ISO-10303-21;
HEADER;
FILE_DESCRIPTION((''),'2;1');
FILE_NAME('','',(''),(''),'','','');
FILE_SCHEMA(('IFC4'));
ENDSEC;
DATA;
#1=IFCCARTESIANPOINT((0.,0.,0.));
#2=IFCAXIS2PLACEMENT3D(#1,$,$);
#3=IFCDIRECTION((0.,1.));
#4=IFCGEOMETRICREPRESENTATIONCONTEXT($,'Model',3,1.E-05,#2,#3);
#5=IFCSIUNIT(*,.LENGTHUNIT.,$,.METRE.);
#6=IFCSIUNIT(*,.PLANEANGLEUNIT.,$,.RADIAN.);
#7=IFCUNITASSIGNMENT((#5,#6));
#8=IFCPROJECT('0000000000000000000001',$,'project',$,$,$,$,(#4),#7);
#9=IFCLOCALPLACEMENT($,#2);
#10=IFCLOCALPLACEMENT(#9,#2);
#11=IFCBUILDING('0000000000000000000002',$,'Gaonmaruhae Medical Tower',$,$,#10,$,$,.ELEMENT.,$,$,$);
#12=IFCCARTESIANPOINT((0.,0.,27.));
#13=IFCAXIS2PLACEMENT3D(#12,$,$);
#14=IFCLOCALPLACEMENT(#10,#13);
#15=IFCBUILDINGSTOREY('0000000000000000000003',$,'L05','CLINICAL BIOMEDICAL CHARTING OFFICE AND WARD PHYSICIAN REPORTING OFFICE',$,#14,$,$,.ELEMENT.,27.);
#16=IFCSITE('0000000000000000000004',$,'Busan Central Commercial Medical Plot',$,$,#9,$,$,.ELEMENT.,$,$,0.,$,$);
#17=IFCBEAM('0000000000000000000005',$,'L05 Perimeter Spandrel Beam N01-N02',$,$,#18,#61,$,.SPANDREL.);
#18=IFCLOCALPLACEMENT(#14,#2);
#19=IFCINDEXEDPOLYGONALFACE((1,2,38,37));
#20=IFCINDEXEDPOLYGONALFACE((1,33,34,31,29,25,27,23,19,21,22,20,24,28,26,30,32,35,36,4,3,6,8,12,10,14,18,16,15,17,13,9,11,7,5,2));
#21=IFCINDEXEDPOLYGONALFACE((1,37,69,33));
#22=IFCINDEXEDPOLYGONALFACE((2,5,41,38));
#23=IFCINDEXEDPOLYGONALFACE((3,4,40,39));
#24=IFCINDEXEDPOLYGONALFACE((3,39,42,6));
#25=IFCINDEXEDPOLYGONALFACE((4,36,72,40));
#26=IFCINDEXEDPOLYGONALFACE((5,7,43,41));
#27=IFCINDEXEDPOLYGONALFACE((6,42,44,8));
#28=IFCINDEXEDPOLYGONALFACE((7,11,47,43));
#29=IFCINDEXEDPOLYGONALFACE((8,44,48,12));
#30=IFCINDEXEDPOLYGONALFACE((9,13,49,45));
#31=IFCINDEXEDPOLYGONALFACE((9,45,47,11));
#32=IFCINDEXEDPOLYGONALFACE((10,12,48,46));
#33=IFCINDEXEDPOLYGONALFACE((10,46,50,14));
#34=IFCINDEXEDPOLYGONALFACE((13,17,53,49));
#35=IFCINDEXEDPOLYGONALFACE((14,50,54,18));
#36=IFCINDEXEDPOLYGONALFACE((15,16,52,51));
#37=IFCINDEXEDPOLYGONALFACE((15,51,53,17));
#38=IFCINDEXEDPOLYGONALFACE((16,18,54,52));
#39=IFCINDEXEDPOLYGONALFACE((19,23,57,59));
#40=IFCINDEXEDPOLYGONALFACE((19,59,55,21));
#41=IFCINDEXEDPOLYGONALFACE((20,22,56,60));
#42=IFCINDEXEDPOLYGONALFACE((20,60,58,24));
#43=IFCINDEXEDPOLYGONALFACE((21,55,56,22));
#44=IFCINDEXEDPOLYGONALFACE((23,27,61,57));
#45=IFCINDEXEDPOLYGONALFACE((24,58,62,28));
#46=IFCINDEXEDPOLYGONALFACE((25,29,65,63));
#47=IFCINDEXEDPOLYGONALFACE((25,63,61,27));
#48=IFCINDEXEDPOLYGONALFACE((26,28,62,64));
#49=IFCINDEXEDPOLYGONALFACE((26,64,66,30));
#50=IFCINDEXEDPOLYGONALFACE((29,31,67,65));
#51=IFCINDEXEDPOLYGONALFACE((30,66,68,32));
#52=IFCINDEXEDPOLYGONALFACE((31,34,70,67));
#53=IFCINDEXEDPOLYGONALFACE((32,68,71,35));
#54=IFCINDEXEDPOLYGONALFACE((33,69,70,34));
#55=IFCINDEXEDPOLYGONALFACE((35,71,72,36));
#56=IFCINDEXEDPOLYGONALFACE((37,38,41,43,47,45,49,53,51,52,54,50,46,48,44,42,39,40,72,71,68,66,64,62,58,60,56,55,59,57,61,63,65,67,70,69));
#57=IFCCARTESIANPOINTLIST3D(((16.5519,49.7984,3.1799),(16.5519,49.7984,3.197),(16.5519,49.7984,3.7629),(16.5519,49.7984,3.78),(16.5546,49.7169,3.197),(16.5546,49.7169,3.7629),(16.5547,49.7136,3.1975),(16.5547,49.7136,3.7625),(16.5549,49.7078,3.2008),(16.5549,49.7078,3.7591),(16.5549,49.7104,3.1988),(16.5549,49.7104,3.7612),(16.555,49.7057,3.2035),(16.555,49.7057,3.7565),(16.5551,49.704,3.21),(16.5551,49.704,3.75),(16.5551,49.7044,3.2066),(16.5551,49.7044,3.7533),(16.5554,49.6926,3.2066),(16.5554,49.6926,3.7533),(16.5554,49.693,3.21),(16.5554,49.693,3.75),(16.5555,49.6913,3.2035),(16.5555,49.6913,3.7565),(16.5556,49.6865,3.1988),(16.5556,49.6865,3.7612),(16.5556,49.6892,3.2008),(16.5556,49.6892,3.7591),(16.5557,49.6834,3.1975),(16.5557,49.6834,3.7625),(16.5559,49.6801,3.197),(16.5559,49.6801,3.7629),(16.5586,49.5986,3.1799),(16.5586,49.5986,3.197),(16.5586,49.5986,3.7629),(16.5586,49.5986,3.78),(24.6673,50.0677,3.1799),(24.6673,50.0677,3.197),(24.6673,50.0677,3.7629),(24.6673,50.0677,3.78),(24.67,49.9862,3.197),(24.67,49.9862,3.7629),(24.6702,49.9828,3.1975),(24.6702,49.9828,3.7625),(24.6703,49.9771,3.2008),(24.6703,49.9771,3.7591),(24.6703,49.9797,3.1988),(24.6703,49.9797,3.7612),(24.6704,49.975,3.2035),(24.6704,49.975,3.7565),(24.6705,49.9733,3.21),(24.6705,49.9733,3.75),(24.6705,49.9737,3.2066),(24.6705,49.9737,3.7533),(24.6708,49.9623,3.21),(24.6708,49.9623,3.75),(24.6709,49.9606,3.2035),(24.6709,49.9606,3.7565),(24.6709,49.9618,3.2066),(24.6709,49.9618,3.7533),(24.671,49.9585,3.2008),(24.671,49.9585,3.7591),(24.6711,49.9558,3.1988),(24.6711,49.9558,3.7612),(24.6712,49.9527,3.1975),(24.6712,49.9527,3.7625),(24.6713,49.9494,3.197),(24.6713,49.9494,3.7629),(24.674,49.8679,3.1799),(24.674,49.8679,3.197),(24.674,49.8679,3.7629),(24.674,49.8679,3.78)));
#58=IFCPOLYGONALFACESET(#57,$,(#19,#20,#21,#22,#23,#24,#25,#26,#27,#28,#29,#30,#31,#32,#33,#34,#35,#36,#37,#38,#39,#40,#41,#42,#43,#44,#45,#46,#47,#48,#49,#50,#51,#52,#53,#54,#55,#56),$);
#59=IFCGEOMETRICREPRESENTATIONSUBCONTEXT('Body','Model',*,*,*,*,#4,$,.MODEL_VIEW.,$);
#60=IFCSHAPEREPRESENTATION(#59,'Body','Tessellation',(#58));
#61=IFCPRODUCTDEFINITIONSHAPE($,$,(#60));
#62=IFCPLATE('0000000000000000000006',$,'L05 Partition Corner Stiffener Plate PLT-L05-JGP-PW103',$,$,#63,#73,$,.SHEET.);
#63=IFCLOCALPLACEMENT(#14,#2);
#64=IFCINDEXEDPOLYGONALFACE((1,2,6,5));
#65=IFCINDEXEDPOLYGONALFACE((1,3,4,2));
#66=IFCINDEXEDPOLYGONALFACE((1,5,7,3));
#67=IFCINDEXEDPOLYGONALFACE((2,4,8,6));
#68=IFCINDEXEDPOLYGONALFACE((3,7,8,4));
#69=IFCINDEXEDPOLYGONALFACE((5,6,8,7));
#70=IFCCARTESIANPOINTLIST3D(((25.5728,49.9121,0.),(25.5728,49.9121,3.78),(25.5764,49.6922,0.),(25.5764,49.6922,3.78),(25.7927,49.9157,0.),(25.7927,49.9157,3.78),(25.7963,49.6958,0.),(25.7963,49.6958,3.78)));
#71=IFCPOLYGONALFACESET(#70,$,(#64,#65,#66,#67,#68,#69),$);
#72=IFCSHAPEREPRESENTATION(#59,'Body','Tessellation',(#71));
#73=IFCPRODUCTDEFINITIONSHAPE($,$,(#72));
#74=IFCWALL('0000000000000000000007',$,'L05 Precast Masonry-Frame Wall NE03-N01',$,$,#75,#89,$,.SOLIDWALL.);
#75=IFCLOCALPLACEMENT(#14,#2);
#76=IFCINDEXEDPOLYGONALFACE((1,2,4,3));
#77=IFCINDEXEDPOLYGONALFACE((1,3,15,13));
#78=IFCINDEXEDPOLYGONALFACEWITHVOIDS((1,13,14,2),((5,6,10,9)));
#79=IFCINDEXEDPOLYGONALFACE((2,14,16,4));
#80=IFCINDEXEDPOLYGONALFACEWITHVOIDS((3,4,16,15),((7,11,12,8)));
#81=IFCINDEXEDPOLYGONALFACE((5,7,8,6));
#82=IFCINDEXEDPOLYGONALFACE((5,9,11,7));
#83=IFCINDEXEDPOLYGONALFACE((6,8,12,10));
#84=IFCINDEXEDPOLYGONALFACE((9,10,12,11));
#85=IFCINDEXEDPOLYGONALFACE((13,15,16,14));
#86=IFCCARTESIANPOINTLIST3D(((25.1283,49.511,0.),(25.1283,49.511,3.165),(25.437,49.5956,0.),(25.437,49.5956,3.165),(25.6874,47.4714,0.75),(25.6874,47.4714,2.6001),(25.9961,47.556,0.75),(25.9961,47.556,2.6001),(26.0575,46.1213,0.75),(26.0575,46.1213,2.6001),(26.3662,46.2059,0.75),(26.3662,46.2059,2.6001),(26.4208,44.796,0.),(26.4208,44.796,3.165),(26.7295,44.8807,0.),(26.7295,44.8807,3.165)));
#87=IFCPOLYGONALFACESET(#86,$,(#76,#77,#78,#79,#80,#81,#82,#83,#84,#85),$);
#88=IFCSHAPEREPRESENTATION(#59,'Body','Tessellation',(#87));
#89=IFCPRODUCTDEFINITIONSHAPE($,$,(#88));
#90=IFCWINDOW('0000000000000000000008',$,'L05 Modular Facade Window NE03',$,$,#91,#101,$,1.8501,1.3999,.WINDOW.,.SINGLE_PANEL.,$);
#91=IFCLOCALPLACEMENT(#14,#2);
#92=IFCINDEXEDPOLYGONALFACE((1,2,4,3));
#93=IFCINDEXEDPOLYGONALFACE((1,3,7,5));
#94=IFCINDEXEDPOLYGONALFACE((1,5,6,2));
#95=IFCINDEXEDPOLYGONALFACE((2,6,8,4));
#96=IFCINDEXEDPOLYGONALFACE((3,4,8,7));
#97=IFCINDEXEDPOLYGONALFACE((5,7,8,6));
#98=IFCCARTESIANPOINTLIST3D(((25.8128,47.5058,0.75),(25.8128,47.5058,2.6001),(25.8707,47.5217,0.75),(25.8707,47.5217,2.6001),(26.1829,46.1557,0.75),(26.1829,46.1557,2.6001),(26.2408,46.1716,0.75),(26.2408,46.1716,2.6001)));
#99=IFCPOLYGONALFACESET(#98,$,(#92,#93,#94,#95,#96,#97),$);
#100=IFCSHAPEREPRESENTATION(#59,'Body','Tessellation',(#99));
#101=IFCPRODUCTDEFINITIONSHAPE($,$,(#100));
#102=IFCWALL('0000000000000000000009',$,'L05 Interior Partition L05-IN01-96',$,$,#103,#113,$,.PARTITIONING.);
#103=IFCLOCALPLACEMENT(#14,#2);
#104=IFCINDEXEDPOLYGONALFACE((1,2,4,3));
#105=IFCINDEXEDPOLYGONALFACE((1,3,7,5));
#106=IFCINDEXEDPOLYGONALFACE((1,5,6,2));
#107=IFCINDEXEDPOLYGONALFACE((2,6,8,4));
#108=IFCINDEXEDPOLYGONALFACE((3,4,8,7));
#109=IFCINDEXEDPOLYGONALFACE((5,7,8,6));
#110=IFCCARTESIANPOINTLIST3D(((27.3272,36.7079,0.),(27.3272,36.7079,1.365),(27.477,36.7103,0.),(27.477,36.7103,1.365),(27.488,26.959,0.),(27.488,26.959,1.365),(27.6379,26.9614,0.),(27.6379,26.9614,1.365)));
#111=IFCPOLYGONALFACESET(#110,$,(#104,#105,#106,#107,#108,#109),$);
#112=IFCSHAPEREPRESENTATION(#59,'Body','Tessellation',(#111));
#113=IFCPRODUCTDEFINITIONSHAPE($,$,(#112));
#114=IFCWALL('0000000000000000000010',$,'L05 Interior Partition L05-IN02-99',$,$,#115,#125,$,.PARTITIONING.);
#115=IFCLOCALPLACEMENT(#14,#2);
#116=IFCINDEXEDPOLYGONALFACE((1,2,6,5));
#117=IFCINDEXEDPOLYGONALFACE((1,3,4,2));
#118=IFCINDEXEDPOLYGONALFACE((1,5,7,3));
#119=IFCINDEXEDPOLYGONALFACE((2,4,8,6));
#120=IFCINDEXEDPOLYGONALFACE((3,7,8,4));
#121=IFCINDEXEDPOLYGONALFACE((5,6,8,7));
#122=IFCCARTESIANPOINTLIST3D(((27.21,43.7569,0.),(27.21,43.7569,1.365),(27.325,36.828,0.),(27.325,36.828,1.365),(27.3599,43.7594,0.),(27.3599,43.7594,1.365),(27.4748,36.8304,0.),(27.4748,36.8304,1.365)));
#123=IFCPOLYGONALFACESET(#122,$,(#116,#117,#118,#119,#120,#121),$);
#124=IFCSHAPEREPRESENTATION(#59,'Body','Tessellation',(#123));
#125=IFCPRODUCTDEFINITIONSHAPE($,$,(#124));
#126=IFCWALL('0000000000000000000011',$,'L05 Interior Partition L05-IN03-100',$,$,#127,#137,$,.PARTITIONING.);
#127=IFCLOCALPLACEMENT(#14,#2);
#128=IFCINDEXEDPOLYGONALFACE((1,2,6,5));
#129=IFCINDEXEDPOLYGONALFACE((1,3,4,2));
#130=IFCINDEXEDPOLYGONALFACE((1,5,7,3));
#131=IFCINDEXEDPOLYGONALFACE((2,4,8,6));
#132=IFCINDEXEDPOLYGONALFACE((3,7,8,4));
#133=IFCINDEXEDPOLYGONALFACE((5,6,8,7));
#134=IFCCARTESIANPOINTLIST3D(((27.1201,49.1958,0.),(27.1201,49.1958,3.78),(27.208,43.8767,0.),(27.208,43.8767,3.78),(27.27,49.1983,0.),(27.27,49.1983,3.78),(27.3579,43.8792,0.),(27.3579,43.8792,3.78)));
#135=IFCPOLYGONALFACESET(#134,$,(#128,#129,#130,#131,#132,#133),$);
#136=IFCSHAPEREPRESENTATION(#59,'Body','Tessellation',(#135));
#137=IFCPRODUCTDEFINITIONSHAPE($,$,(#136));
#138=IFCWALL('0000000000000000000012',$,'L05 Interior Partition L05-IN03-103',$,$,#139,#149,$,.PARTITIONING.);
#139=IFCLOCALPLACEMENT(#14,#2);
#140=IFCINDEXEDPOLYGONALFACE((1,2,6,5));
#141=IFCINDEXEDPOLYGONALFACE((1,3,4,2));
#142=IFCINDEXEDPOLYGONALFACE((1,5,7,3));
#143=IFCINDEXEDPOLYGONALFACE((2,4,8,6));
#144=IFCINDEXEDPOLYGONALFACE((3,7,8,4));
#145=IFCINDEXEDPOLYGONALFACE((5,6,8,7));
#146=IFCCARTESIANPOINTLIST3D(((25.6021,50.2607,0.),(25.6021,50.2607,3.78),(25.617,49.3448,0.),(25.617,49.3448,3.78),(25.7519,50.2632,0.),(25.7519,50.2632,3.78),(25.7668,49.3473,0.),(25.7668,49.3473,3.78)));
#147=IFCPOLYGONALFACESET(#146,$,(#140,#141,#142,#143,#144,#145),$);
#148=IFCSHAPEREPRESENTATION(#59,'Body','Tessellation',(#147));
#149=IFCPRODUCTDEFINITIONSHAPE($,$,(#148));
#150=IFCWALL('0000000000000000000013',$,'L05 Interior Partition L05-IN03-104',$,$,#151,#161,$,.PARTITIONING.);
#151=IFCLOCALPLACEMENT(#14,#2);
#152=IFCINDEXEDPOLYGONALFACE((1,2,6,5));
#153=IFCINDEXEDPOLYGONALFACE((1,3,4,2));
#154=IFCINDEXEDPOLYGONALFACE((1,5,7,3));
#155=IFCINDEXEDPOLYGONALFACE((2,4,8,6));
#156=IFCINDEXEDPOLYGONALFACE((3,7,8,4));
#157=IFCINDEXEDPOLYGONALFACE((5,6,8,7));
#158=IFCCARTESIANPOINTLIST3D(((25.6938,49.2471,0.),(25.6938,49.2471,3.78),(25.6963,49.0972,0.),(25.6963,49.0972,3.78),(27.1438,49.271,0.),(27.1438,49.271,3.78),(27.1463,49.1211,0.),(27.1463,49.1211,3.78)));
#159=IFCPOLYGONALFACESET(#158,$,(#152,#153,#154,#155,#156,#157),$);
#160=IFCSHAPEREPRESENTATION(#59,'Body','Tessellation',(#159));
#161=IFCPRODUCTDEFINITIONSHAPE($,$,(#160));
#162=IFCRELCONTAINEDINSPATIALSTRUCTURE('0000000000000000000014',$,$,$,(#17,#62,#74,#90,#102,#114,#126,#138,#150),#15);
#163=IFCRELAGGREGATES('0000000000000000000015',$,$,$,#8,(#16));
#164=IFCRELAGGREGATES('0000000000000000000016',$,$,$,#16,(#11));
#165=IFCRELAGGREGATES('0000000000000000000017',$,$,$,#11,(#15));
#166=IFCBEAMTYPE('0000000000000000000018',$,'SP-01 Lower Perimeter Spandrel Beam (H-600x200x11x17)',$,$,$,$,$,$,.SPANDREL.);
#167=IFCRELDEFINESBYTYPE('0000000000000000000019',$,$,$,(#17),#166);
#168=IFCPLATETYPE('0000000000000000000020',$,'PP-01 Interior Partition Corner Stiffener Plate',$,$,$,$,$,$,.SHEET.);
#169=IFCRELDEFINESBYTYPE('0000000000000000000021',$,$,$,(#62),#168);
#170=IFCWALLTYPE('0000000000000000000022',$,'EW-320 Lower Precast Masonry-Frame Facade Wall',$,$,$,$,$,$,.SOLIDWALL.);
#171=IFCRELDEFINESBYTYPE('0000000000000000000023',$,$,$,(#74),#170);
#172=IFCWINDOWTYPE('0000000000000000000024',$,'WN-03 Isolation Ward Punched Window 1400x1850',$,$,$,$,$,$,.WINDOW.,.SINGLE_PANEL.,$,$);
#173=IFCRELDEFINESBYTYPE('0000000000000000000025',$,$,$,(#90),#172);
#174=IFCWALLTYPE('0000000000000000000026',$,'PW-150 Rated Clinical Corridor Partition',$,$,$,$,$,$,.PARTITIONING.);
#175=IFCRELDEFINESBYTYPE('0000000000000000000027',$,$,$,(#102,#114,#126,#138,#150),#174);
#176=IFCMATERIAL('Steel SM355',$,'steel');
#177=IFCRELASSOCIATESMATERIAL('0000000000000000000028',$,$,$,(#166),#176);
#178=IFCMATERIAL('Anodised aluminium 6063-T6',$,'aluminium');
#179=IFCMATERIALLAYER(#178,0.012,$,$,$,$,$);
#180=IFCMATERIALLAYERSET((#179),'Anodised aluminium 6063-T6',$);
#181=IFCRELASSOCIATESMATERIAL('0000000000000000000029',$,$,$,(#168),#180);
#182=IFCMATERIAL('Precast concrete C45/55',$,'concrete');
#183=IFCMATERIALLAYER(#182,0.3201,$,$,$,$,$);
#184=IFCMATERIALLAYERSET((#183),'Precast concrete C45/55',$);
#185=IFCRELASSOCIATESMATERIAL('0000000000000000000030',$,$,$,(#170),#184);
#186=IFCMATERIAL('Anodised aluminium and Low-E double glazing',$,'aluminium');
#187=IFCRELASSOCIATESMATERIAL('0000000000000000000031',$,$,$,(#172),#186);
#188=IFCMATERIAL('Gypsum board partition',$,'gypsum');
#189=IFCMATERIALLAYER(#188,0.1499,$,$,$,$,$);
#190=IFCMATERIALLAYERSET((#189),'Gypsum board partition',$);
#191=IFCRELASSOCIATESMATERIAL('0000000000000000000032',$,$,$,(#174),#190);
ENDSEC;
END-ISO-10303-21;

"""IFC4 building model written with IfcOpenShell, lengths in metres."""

from ifc_helpers import new_model, si_unit, direction, frame, frame_2d, origin, origin_2d, place, context, subcontext, project, spatial, rectangle, i_section, extrude, material, layer, layer_set, material_profile, profile_set, type_object, element, fill, save


model = new_model("IFC4")

# Units and contexts
model_context = context("Model", 3, precision=1e-05, world=origin(), true_north=direction((0.0, 1.0)))
body_context = subcontext(model_context, "Body", "Model", "MODEL_VIEW")
ifc_project = project(units=[si_unit("LENGTHUNIT", "METRE"), si_unit("PLANEANGLEUNIT", "RADIAN")], contexts=[model_context])

# Site, building, storey
site_placement = place(None, origin())
site = spatial("IfcSite", under=ifc_project, at=site_placement, Name="Busan Central Commercial Medical Plot", CompositionType="ELEMENT", RefElevation=0.0)
building_placement = place(site_placement, origin())
building = spatial("IfcBuilding", under=site, at=building_placement, Name="Gaonmaruhae Medical Tower", CompositionType="ELEMENT")
storey_placement = place(building_placement, frame((0.0, 0.0, 27.0)))
storey = spatial("IfcBuildingStorey", under=building, at=storey_placement, Name="L05", Description="CLINICAL BIOMEDICAL CHARTING OFFICE AND WARD PHYSICIAN REPORTING OFFICE", CompositionType="ELEMENT", Elevation=27.0)

# Beam
ifc_material_1 = material(Name="Steel SM355", Category="steel")
ifc_material_profile_1 = material_profile(ifc_material_1, i_section(OverallWidth=0.2, OverallDepth=0.6001, WebThickness=0.011, FlangeThickness=0.0171, FilletRadius=0.0129, at=origin_2d()), Name="H-600x200x11x17")
ifc_profile_set_1 = profile_set([ifc_material_profile_1], Name="Steel SM355")
beam_type = type_object("IfcBeamType", Name="SP-01 Lower Perimeter Spandrel Beam (H-600x200x11x17)", PredefinedType="SPANDREL", material=ifc_profile_set_1)
beam_1_placement = place(storey_placement, frame((24.6707, 49.9678, 3.48), z_axis=(-0.99945, -0.033164, 0.0), x_axis=(0.033164, -0.99945, 0.0)))
element("IfcBeam", 1, at=beam_1_placement, inside=storey, type_object=beam_type, Name="L05 Perimeter Spandrel Beam N01-N02", PredefinedType="SPANDREL", context=body_context, shape_type="SweptSolid", body=[
    extrude(i_section(OverallWidth=0.2, OverallDepth=0.6001, WebThickness=0.011, FlangeThickness=0.0171, FilletRadius=0.0129, at=origin_2d()), origin(), (0.0, 0.0, 1.0), 8.1199),
])

# Plate
ifc_material_2 = material(Name="Anodised aluminium 6063-T6", Category="aluminium")
ifc_layer_1 = layer(ifc_material_2, 0.012)
ifc_layer_set_1 = layer_set([ifc_layer_1], Name="Anodised aluminium 6063-T6")
plate_type = type_object("IfcPlateType", Name="PP-01 Interior Partition Corner Stiffener Plate", PredefinedType="SHEET", material=ifc_layer_set_1)
plate_placement = place(storey_placement, frame((25.6846, 49.804, 0.0), z_axis=(0.0, 0.0, 1.0), x_axis=(0.01637, -0.999866, 0.0)))
element("IfcPlate", 2, at=plate_placement, inside=storey, type_object=plate_type, Name="L05 Partition Corner Stiffener Plate PLT-L05-JGP-PW103", PredefinedType="SHEET", context=body_context, shape_type="SweptSolid", body=[
    extrude(rectangle(XDim=0.22, YDim=0.22, at=origin_2d()), origin(), (0.0, 0.0, 1.0), 3.78),
])

# Wall, opening, window
ifc_material_3 = material(Name="Precast concrete C45/55", Category="concrete")
ifc_layer_2 = layer(ifc_material_3, 0.3201)
ifc_layer_set_2 = layer_set([ifc_layer_2], Name="Precast concrete C45/55")
wall_type_1 = type_object("IfcWallType", Name="EW-320 Lower Precast Masonry-Frame Facade Wall", PredefinedType="SOLIDWALL", material=ifc_layer_set_2)
wall_1_placement = place(storey_placement, frame((25.2827, 49.5532, 0.0), z_axis=(0.0, 0.0, 1.0), x_axis=(0.264364, -0.964423, 0.0)))
wall_1 = element("IfcWall", 3, at=wall_1_placement, inside=storey, type_object=wall_type_1, Name="L05 Precast Masonry-Frame Wall NE03-N01", PredefinedType="SOLIDWALL", context=body_context, shape_type="SweptSolid", body=[
    extrude(rectangle(XDim=4.8889, YDim=0.3201, at=frame_2d((2.4443, 0.0))), origin(), (0.0, 0.0, 1.0), 3.165),
])
opening_placement = place(wall_1_placement, frame((2.1147, 0.0, 0.75)))
opening = element("IfcOpeningElement", 4, at=opening_placement, cuts=wall_1, PredefinedType="OPENING", context=body_context, shape_type="SweptSolid", body=[
    extrude(rectangle(XDim=1.3999, YDim=1.8501, at=frame_2d((0.7, 0.925))), frame((0.0, 0.1699, 0.0), z_axis=(0.0, -1.0, 0.0), x_axis=(1.0, 0.0, 0.0)), (0.0, 0.0, 1.0), 0.3401),
])
ifc_material_4 = material(Name="Anodised aluminium and Low-E double glazing", Category="aluminium")
window_type = type_object("IfcWindowType", Name="WN-03 Isolation Ward Punched Window 1400x1850", PartitioningType="SINGLE_PANEL", PredefinedType="WINDOW", material=ifc_material_4)
window_placement = place(opening_placement, origin())
window = element("IfcWindow", 5, at=window_placement, inside=storey, type_object=window_type, Name="L05 Modular Facade Window NE03", OverallHeight=1.8501, OverallWidth=1.3999, PartitioningType="SINGLE_PANEL", PredefinedType="WINDOW", context=body_context, shape_type="SweptSolid", body=[
    extrude(rectangle(XDim=1.3999, YDim=1.8501, at=frame_2d((0.7, 0.925))), frame((0.0, 0.03, 0.0), z_axis=(0.0, -1.0, 0.0), x_axis=(1.0, 0.0, 0.0)), (0.0, 0.0, 1.0), 0.0601),
])
fill(opening, window)

# Walls
ifc_material_5 = material(Name="Gypsum board partition", Category="gypsum")
ifc_layer_3 = layer(ifc_material_5, 0.1499)
ifc_layer_set_3 = layer_set([ifc_layer_3], Name="Gypsum board partition")
wall_type_2 = type_object("IfcWallType", Name="PW-150 Rated Clinical Corridor Partition", PredefinedType="PARTITIONING", material=ifc_layer_set_3)
wall_2_placement = place(storey_placement, frame((27.4021, 36.709, 0.0), z_axis=(0.0, 0.0, 1.0), x_axis=(0.016501, -0.999864, 0.0)))
element("IfcWall", 6, at=wall_2_placement, inside=storey, type_object=wall_type_2, Name="L05 Interior Partition L05-IN01-96", PredefinedType="PARTITIONING", context=body_context, shape_type="SweptSolid", body=[
    extrude(rectangle(XDim=9.7502, YDim=0.1499, at=frame_2d((4.875, 0.0))), origin(), (0.0, 0.0, 1.0), 1.365),
])
wall_3_placement = place(storey_placement, frame((27.2849, 43.7581, 0.0), z_axis=(0.0, 0.0, 1.0), x_axis=(0.016593, -0.999862, 0.0)))
element("IfcWall", 7, at=wall_3_placement, inside=storey, type_object=wall_type_2, Name="L05 Interior Partition L05-IN02-99", PredefinedType="PARTITIONING", context=body_context, shape_type="SweptSolid", body=[
    extrude(rectangle(XDim=6.9299, YDim=0.1499, at=frame_2d((3.4648, 0.0))), origin(), (0.0, 0.0, 1.0), 1.365),
])
wall_4_placement = place(storey_placement, frame((27.1951, 49.197, 0.0), z_axis=(0.0, 0.0, 1.0), x_axis=(0.016521, -0.999864, 0.0)))
element("IfcWall", 8, at=wall_4_placement, inside=storey, type_object=wall_type_2, Name="L05 Interior Partition L05-IN03-100", PredefinedType="PARTITIONING", context=body_context, shape_type="SweptSolid", body=[
    extrude(rectangle(XDim=5.3198, YDim=0.1499, at=frame_2d((2.6599, 0.0))), origin(), (0.0, 0.0, 1.0), 3.78),
])
wall_5_placement = place(storey_placement, frame((25.677, 50.262, 0.0), z_axis=(0.0, 0.0, 1.0), x_axis=(0.016256, -0.999868, 0.0)))
element("IfcWall", 9, at=wall_5_placement, inside=storey, type_object=wall_type_2, Name="L05 Interior Partition L05-IN03-103", PredefinedType="PARTITIONING", context=body_context, shape_type="SweptSolid", body=[
    extrude(rectangle(XDim=0.916, YDim=0.1499, at=frame_2d((0.458, 0.0))), origin(), (0.0, 0.0, 1.0), 3.78),
])
wall_6_placement = place(storey_placement, frame((25.6951, 49.1721, 0.0), z_axis=(0.0, 0.0, 1.0), x_axis=(0.999864, 0.016499, 0.0)))
element("IfcWall", 10, at=wall_6_placement, inside=storey, type_object=wall_type_2, Name="L05 Interior Partition L05-IN03-104", PredefinedType="PARTITIONING", context=body_context, shape_type="SweptSolid", body=[
    extrude(rectangle(XDim=1.4502, YDim=0.1499, at=frame_2d((0.7251, 0.0))), origin(), (0.0, 0.0, 1.0), 3.78),
])

save(model, "model.ifc")
